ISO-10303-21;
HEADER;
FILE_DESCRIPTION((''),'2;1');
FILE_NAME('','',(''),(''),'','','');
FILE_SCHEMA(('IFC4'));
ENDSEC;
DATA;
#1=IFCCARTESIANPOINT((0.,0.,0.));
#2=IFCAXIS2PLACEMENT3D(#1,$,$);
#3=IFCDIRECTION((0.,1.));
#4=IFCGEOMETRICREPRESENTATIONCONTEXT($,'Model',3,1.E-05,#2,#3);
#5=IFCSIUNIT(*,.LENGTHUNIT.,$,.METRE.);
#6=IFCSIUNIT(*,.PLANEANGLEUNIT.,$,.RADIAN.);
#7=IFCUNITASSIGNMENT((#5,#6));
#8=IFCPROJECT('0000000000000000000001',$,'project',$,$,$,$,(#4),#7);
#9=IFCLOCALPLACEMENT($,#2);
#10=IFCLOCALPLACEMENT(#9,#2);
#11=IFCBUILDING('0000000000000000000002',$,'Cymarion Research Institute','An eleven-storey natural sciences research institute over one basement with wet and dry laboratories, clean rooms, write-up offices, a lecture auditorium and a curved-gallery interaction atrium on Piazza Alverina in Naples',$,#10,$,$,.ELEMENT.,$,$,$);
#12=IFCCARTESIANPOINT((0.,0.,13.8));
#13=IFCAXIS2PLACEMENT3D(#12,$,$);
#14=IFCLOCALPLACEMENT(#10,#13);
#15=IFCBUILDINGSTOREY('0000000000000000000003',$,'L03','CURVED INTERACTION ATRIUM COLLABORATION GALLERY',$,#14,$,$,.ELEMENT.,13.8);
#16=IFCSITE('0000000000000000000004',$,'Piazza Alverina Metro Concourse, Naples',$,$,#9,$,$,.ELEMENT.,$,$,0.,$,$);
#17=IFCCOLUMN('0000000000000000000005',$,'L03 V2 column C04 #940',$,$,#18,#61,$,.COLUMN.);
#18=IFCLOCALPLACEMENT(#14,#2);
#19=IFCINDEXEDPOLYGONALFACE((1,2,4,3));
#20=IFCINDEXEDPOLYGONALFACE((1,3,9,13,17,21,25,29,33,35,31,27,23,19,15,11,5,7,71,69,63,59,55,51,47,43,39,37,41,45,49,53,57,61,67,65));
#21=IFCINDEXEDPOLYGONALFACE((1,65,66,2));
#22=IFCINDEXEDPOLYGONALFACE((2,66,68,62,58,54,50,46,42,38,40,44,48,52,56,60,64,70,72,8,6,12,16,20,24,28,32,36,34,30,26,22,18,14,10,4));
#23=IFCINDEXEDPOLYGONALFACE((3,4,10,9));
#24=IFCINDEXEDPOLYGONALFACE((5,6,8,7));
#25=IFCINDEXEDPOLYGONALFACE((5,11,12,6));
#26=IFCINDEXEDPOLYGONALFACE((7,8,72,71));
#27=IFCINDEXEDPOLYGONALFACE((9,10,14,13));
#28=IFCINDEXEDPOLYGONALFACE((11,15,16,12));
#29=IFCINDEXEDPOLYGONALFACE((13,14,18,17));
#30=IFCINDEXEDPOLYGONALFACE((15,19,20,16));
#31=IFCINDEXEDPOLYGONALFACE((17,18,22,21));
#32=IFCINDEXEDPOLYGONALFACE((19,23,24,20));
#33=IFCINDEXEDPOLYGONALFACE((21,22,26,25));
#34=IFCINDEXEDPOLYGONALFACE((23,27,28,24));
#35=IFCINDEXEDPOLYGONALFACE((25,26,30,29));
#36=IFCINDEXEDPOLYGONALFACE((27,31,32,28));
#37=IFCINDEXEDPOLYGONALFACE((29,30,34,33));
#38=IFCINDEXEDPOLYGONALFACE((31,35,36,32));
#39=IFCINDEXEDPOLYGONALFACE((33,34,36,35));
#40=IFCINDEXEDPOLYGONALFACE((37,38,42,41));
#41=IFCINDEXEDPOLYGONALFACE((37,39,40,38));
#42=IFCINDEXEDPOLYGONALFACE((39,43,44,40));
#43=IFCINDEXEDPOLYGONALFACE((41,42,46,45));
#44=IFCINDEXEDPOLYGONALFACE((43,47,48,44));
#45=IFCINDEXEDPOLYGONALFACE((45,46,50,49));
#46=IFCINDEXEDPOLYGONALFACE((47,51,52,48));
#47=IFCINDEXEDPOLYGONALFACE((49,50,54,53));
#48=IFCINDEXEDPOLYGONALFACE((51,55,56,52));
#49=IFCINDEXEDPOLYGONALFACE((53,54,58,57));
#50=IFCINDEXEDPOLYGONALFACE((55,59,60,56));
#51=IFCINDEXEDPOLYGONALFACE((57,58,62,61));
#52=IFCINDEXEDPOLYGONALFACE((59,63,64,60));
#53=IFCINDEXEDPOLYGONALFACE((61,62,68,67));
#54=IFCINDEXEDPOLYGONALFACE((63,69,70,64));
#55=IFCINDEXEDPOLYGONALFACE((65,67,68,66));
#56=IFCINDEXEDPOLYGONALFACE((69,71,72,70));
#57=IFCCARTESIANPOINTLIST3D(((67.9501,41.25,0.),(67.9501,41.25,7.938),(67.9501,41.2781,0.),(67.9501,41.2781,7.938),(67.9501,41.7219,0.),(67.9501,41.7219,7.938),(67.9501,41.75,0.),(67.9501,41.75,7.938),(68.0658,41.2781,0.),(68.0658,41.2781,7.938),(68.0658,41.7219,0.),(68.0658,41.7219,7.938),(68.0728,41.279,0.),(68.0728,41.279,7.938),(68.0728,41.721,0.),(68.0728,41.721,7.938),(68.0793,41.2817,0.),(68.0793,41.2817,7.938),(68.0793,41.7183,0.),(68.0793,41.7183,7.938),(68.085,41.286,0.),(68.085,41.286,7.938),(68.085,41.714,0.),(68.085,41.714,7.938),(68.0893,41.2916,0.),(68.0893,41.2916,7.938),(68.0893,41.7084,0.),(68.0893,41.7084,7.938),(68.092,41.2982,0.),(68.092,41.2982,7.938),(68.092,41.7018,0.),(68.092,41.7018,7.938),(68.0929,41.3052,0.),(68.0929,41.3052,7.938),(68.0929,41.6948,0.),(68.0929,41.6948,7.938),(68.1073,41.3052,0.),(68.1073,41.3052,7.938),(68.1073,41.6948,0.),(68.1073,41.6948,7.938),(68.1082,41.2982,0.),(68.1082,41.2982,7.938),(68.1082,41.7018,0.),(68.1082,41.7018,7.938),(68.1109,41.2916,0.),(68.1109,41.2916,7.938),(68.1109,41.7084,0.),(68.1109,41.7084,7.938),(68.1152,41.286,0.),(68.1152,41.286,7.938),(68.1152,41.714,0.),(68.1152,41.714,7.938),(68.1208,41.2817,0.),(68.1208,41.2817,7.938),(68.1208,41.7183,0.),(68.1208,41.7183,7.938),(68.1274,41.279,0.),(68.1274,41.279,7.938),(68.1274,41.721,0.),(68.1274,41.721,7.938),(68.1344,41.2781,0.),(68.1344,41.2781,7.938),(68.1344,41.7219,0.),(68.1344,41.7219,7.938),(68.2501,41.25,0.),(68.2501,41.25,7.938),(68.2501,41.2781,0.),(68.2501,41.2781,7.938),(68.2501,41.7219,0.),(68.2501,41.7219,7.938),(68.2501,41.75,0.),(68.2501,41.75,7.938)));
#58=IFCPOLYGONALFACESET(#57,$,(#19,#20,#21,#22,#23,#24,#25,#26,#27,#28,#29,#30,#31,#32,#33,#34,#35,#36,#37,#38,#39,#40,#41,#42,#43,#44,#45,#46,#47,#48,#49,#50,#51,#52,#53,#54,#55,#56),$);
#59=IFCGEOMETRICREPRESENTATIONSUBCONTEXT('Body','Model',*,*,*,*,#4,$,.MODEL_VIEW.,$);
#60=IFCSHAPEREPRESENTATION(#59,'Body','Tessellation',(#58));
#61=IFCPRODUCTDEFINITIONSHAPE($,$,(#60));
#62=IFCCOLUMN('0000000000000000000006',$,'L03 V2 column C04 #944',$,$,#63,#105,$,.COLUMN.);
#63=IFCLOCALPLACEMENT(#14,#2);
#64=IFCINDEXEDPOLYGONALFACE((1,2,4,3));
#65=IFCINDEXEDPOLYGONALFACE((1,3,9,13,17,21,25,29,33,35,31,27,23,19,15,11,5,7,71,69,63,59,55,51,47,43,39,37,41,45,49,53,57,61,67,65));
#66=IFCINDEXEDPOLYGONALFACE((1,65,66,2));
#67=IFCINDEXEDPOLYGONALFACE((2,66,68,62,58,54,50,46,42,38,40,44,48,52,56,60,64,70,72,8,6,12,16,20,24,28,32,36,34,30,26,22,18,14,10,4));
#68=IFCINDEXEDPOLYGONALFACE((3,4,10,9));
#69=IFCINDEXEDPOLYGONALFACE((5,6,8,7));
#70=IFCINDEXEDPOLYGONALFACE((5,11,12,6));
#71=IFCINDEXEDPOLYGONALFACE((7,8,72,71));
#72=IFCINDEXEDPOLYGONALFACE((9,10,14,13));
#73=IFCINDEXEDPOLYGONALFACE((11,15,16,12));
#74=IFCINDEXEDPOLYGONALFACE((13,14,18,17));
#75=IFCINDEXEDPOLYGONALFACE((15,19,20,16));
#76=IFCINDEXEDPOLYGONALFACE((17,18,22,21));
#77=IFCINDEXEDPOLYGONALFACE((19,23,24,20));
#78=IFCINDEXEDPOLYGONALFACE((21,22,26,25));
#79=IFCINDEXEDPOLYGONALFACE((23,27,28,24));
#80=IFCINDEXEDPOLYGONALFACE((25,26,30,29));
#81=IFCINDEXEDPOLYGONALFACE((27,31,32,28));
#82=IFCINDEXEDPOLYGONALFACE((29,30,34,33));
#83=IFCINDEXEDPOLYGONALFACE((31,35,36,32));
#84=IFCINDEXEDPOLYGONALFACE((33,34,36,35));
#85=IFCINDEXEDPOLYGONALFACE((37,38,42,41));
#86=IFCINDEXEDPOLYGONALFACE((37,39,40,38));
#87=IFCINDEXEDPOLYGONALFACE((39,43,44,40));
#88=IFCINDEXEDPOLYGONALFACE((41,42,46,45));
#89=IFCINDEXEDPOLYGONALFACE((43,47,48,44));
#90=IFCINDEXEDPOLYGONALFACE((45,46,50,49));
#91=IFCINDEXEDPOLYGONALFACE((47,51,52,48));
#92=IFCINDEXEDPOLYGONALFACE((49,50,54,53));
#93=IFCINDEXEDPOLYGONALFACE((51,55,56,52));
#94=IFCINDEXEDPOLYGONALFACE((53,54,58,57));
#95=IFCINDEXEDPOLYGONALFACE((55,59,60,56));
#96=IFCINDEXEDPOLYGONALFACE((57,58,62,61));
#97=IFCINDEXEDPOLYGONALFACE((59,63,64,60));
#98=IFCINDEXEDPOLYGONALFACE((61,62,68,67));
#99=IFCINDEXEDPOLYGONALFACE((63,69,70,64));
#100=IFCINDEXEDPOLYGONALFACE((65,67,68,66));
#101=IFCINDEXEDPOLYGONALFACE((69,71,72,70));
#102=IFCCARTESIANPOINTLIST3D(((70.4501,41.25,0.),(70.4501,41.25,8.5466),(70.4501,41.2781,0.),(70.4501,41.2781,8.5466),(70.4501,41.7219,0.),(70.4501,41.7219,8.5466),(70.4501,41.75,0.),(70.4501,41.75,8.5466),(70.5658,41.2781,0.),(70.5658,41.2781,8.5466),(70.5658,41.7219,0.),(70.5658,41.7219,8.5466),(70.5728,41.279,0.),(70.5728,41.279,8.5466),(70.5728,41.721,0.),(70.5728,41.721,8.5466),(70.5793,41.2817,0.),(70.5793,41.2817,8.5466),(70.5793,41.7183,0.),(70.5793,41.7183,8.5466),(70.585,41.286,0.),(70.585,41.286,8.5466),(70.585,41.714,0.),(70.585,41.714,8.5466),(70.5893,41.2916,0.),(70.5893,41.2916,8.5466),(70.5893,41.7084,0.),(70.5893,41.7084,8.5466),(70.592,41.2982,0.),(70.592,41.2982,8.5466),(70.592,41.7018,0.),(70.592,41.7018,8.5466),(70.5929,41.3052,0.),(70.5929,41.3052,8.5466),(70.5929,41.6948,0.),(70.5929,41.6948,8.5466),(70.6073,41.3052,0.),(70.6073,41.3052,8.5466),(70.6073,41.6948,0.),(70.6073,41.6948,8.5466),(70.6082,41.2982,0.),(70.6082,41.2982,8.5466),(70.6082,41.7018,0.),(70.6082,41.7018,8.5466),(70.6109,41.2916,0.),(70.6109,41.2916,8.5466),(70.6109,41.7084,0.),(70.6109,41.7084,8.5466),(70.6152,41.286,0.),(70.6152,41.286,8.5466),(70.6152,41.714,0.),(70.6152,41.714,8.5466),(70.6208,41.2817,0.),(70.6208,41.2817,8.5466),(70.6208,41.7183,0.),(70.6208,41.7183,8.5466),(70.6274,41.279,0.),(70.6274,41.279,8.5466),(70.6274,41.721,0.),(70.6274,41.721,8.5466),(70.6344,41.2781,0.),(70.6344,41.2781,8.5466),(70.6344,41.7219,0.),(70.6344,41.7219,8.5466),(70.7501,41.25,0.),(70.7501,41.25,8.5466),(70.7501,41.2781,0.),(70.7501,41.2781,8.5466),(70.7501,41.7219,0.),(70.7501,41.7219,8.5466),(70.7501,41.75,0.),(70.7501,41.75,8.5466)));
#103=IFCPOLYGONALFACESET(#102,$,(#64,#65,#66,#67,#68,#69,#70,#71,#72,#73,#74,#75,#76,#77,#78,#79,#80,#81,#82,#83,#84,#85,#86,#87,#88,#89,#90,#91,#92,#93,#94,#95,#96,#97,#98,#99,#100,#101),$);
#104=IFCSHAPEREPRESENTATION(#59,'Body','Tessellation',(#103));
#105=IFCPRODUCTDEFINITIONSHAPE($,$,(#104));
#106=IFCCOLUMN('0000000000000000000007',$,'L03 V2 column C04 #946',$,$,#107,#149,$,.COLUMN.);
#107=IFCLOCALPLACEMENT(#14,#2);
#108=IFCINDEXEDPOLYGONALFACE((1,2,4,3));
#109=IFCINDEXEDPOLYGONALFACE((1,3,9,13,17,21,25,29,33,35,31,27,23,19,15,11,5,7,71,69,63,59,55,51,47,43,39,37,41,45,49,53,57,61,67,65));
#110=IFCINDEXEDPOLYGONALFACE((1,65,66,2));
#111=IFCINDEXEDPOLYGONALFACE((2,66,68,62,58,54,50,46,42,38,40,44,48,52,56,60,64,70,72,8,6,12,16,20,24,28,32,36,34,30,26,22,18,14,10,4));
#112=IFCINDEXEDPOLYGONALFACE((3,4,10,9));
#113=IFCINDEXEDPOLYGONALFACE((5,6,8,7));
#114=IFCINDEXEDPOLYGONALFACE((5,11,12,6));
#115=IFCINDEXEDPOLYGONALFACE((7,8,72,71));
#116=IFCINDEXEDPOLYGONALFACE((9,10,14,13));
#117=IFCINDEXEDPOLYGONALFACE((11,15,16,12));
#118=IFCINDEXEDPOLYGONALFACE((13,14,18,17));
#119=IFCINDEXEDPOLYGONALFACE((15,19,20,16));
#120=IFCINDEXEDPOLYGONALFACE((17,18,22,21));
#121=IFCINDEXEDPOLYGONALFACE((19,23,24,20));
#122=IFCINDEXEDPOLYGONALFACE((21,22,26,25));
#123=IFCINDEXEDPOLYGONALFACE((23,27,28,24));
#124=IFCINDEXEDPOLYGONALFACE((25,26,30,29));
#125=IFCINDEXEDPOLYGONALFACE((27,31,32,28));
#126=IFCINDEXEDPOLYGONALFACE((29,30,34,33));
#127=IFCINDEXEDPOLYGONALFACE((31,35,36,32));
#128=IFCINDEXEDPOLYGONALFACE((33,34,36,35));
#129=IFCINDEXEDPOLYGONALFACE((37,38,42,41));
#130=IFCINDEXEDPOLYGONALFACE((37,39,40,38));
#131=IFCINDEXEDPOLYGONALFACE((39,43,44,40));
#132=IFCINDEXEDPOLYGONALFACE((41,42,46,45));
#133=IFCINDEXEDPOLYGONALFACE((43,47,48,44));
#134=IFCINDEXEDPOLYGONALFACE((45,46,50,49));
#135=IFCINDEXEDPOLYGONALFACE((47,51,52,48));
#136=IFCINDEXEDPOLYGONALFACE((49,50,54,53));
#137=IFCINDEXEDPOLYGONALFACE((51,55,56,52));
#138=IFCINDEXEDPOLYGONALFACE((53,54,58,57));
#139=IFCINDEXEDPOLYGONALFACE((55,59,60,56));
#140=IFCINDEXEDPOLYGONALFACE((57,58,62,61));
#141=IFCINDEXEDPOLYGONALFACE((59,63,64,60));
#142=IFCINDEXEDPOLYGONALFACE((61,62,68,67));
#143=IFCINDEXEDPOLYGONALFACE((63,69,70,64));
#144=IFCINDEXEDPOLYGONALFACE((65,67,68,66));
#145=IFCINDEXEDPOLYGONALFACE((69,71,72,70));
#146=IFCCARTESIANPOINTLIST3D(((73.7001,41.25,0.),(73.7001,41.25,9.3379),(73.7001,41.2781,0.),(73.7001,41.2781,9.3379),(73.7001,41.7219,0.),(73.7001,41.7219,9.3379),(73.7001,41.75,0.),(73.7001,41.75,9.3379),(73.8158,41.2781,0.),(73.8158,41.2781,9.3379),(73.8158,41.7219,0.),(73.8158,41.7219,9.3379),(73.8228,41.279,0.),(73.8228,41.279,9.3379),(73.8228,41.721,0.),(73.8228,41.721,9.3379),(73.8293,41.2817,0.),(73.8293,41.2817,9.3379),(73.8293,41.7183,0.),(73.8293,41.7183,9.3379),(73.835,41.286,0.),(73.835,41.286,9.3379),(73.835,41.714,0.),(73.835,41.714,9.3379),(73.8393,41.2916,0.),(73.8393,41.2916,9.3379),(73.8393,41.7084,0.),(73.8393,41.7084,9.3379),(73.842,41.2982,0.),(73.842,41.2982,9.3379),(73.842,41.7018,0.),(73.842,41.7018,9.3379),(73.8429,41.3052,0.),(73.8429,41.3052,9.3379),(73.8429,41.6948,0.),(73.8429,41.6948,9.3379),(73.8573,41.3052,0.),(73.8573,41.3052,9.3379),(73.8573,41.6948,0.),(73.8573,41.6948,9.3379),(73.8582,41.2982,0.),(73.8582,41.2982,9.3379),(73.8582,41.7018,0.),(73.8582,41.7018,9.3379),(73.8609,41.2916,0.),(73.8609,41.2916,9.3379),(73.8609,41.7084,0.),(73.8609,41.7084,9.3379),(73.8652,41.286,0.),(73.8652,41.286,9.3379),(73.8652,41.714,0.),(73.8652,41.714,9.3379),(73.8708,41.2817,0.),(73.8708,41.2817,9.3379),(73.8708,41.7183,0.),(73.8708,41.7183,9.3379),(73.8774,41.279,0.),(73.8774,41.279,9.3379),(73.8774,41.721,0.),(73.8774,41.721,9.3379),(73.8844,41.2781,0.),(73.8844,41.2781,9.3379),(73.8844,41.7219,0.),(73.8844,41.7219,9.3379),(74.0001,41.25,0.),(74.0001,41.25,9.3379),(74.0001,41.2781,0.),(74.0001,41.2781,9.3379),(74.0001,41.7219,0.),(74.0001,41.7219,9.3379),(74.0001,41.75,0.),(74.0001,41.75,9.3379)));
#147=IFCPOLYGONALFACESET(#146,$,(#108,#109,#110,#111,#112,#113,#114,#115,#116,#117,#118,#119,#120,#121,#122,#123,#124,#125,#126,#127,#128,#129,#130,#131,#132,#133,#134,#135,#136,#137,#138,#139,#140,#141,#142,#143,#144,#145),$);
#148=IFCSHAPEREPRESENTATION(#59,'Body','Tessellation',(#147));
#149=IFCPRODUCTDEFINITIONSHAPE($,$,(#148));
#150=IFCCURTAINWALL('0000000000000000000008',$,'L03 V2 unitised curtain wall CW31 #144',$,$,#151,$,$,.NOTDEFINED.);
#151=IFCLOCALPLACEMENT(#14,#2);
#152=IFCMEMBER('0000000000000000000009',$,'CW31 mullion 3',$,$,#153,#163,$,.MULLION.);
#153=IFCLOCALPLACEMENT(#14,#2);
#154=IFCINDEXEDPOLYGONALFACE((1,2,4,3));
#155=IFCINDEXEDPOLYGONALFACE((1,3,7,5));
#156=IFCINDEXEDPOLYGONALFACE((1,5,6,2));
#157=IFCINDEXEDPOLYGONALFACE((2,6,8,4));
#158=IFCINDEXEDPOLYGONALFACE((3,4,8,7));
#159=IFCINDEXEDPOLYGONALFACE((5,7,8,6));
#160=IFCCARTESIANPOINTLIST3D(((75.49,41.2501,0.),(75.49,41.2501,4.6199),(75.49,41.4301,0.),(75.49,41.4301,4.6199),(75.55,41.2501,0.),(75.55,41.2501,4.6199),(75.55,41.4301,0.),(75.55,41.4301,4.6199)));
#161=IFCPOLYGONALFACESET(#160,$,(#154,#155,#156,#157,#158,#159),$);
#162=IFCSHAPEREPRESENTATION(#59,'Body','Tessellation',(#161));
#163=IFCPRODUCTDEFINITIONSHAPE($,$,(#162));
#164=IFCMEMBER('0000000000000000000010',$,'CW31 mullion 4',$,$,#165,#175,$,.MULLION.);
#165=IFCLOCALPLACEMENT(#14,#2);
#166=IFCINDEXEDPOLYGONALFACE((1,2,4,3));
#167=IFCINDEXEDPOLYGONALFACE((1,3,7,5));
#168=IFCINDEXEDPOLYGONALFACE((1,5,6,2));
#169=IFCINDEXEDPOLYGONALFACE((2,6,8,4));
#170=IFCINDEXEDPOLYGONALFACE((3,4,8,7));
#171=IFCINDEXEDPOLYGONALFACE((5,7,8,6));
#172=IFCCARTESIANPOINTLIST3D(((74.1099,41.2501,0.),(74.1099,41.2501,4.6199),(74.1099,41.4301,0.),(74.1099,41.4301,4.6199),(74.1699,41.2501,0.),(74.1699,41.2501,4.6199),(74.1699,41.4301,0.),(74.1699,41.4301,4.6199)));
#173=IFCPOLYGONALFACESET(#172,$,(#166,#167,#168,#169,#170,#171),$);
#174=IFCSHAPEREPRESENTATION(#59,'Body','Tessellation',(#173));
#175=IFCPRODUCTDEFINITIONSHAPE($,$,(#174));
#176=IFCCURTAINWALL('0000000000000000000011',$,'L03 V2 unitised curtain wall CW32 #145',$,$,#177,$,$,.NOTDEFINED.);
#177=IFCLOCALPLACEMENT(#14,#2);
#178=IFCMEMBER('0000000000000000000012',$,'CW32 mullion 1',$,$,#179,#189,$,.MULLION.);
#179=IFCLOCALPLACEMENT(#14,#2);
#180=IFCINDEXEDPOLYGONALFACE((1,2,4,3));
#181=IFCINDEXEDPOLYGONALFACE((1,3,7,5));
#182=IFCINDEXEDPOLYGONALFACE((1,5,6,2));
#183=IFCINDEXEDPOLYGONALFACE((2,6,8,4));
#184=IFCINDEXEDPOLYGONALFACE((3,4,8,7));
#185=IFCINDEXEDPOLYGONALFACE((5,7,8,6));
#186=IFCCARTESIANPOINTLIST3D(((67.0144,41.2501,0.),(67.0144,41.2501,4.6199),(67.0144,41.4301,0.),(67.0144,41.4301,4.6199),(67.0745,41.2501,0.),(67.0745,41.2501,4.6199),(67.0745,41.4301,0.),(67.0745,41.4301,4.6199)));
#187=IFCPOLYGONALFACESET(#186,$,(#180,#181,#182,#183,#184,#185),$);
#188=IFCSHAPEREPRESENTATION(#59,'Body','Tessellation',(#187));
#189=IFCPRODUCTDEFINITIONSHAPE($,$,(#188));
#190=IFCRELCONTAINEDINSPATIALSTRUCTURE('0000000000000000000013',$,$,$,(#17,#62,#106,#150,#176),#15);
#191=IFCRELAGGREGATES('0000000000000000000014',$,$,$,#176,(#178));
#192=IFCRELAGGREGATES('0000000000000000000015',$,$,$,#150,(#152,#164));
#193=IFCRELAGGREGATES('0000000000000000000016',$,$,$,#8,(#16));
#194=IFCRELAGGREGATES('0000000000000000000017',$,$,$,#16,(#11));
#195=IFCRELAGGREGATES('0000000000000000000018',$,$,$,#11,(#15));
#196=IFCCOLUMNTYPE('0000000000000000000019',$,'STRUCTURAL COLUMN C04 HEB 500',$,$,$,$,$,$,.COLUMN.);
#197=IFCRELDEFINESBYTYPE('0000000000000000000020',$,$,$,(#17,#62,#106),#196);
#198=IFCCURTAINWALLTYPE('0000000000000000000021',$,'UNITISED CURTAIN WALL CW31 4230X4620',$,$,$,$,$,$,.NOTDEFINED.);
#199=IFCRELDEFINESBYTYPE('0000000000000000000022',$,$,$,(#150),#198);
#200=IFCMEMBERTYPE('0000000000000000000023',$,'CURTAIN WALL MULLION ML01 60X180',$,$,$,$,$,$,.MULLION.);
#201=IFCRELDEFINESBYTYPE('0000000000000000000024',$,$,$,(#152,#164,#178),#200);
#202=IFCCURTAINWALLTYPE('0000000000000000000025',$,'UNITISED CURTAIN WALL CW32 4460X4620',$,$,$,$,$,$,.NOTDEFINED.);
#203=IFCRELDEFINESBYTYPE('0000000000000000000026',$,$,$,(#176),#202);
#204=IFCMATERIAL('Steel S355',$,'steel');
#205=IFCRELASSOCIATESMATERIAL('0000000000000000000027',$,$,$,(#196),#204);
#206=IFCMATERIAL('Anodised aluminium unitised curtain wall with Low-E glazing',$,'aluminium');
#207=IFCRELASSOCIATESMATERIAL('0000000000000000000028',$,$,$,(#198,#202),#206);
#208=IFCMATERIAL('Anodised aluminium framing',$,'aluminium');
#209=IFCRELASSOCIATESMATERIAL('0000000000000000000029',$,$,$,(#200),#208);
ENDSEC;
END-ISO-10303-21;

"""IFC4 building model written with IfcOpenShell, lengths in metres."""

from ifc_helpers import new_model, si_unit, direction, frame, origin, origin_2d, place, context, subcontext, project, spatial, rectangle, i_section, extrude, material, material_profile, profile_set, type_object, element, aggregate, save


model = new_model("IFC4")

# Units and contexts
model_context = context("Model", 3, precision=1e-05, world=origin(), true_north=direction((0.0, 1.0)))
body_context = subcontext(model_context, "Body", "Model", "MODEL_VIEW")
ifc_project = project(units=[si_unit("LENGTHUNIT", "METRE"), si_unit("PLANEANGLEUNIT", "RADIAN")], contexts=[model_context])

# Site, building, storey
site_placement = place(None, origin())
site = spatial("IfcSite", under=ifc_project, at=site_placement, Name="Piazza Alverina Metro Concourse, Naples", CompositionType="ELEMENT", RefElevation=0.0)
building_placement = place(site_placement, origin())
building = spatial("IfcBuilding", under=site, at=building_placement, Name="Cymarion Research Institute", Description="An eleven-storey natural sciences research institute over one basement with wet and dry laboratories, clean rooms, write-up offices, a lecture auditorium and a curved-gallery interaction atrium on Piazza Alverina in Naples", CompositionType="ELEMENT")
storey_placement = place(building_placement, frame((0.0, 0.0, 13.8)))
storey = spatial("IfcBuildingStorey", under=building, at=storey_placement, Name="L03", Description="CURVED INTERACTION ATRIUM COLLABORATION GALLERY", CompositionType="ELEMENT", Elevation=13.8)

# Columns
ifc_material_1 = material(Name="Steel S355", Category="steel")
ifc_material_profile_1 = material_profile(ifc_material_1, i_section(OverallWidth=0.3, OverallDepth=0.5, WebThickness=0.0144, FlangeThickness=0.0281, FilletRadius=0.0271, at=origin_2d()), Name="HEB 500")
ifc_profile_set_1 = profile_set([ifc_material_profile_1], Name="Steel S355")
column_type = type_object("IfcColumnType", Name="STRUCTURAL COLUMN C04 HEB 500", PredefinedType="COLUMN", material=ifc_profile_set_1)
column_1_placement = place(storey_placement, frame((68.1001, 41.5, 0.0), z_axis=(0.0, 0.0, 1.0), x_axis=(1.0, 0.0, 0.0)))
element("IfcColumn", 1, at=column_1_placement, inside=storey, type_object=column_type, Name="L03 V2 column C04 #940", PredefinedType="COLUMN", context=body_context, shape_type="SweptSolid", body=[
    extrude(i_section(OverallWidth=0.3, OverallDepth=0.5, WebThickness=0.0144, FlangeThickness=0.0281, FilletRadius=0.0271, at=origin_2d()), origin(), (0.0, 0.0, 1.0), 7.938),
])
column_2_placement = place(storey_placement, frame((70.6001, 41.5, 0.0), z_axis=(0.0, 0.0, 1.0), x_axis=(1.0, 0.0, 0.0)))
element("IfcColumn", 2, at=column_2_placement, inside=storey, type_object=column_type, Name="L03 V2 column C04 #944", PredefinedType="COLUMN", context=body_context, shape_type="SweptSolid", body=[
    extrude(i_section(OverallWidth=0.3, OverallDepth=0.5, WebThickness=0.0144, FlangeThickness=0.0281, FilletRadius=0.0271, at=origin_2d()), origin(), (0.0, 0.0, 1.0), 8.5466),
])
column_3_placement = place(storey_placement, frame((73.8501, 41.5, 0.0), z_axis=(0.0, 0.0, 1.0), x_axis=(1.0, 0.0, 0.0)))
element("IfcColumn", 3, at=column_3_placement, inside=storey, type_object=column_type, Name="L03 V2 column C04 #946", PredefinedType="COLUMN", context=body_context, shape_type="SweptSolid", body=[
    extrude(i_section(OverallWidth=0.3, OverallDepth=0.5, WebThickness=0.0144, FlangeThickness=0.0281, FilletRadius=0.0271, at=origin_2d()), origin(), (0.0, 0.0, 1.0), 9.3379),
])

# Curtain wall, members
ifc_material_2 = material(Name="Anodised aluminium unitised curtain wall with Low-E glazing", Category="aluminium")
curtain_wall_type_1 = type_object("IfcCurtainWallType", Name="UNITISED CURTAIN WALL CW31 4230X4620", PredefinedType="NOTDEFINED", material=ifc_material_2)
curtain_wall_1_placement = place(storey_placement, origin())
curtain_wall_1 = element("IfcCurtainWall", 4, at=curtain_wall_1_placement, inside=storey, type_object=curtain_wall_type_1, Name="L03 V2 unitised curtain wall CW31 #144", PredefinedType="NOTDEFINED")
ifc_material_3 = material(Name="Anodised aluminium framing", Category="aluminium")
ifc_material_profile_2 = material_profile(ifc_material_3, rectangle(XDim=0.0601, YDim=0.1799, at=origin_2d()), Name="ALU MULLION 60x180")
ifc_profile_set_2 = profile_set([ifc_material_profile_2], Name="Anodised aluminium framing")
member_type_1 = type_object("IfcMemberType", Name="CURTAIN WALL MULLION ML01 60X180", PredefinedType="MULLION", material=ifc_profile_set_2)
member_1_placement = place(storey_placement, frame((75.52, 41.3401, 0.0), z_axis=(0.0, 0.0, 1.0), x_axis=(-1.0, 0.0, 0.0)))
member_1 = element("IfcMember", 5, at=member_1_placement, type_object=member_type_1, Name="CW31 mullion 3", PredefinedType="MULLION", context=body_context, shape_type="SweptSolid", body=[
    extrude(rectangle(XDim=0.0601, YDim=0.1799, at=origin_2d()), origin(), (0.0, 0.0, 1.0), 4.6199),
])
member_2_placement = place(storey_placement, frame((74.1399, 41.3401, 0.0), z_axis=(0.0, 0.0, 1.0), x_axis=(-1.0, 0.0, 0.0)))
member_2 = element("IfcMember", 6, at=member_2_placement, type_object=member_type_1, Name="CW31 mullion 4", PredefinedType="MULLION", context=body_context, shape_type="SweptSolid", body=[
    extrude(rectangle(XDim=0.0601, YDim=0.1799, at=origin_2d()), origin(), (0.0, 0.0, 1.0), 4.6199),
])

# Curtain wall, member
curtain_wall_type_2 = type_object("IfcCurtainWallType", Name="UNITISED CURTAIN WALL CW32 4460X4620", PredefinedType="NOTDEFINED", material=ifc_material_2)
curtain_wall_2_placement = place(storey_placement, origin())
curtain_wall_2 = element("IfcCurtainWall", 7, at=curtain_wall_2_placement, inside=storey, type_object=curtain_wall_type_2, Name="L03 V2 unitised curtain wall CW32 #145", PredefinedType="NOTDEFINED")
member_3_placement = place(storey_placement, frame((67.0444, 41.3401, 0.0), z_axis=(0.0, 0.0, 1.0), x_axis=(-1.0, 0.0, 0.0)))
member_3 = element("IfcMember", 8, at=member_3_placement, type_object=member_type_1, Name="CW32 mullion 1", PredefinedType="MULLION", context=body_context, shape_type="SweptSolid", body=[
    extrude(rectangle(XDim=0.0601, YDim=0.1799, at=origin_2d()), origin(), (0.0, 0.0, 1.0), 4.6199),
])

aggregate(curtain_wall_2, [member_3])

aggregate(curtain_wall_1, [member_1, member_2])

save(model, "model.ifc")
